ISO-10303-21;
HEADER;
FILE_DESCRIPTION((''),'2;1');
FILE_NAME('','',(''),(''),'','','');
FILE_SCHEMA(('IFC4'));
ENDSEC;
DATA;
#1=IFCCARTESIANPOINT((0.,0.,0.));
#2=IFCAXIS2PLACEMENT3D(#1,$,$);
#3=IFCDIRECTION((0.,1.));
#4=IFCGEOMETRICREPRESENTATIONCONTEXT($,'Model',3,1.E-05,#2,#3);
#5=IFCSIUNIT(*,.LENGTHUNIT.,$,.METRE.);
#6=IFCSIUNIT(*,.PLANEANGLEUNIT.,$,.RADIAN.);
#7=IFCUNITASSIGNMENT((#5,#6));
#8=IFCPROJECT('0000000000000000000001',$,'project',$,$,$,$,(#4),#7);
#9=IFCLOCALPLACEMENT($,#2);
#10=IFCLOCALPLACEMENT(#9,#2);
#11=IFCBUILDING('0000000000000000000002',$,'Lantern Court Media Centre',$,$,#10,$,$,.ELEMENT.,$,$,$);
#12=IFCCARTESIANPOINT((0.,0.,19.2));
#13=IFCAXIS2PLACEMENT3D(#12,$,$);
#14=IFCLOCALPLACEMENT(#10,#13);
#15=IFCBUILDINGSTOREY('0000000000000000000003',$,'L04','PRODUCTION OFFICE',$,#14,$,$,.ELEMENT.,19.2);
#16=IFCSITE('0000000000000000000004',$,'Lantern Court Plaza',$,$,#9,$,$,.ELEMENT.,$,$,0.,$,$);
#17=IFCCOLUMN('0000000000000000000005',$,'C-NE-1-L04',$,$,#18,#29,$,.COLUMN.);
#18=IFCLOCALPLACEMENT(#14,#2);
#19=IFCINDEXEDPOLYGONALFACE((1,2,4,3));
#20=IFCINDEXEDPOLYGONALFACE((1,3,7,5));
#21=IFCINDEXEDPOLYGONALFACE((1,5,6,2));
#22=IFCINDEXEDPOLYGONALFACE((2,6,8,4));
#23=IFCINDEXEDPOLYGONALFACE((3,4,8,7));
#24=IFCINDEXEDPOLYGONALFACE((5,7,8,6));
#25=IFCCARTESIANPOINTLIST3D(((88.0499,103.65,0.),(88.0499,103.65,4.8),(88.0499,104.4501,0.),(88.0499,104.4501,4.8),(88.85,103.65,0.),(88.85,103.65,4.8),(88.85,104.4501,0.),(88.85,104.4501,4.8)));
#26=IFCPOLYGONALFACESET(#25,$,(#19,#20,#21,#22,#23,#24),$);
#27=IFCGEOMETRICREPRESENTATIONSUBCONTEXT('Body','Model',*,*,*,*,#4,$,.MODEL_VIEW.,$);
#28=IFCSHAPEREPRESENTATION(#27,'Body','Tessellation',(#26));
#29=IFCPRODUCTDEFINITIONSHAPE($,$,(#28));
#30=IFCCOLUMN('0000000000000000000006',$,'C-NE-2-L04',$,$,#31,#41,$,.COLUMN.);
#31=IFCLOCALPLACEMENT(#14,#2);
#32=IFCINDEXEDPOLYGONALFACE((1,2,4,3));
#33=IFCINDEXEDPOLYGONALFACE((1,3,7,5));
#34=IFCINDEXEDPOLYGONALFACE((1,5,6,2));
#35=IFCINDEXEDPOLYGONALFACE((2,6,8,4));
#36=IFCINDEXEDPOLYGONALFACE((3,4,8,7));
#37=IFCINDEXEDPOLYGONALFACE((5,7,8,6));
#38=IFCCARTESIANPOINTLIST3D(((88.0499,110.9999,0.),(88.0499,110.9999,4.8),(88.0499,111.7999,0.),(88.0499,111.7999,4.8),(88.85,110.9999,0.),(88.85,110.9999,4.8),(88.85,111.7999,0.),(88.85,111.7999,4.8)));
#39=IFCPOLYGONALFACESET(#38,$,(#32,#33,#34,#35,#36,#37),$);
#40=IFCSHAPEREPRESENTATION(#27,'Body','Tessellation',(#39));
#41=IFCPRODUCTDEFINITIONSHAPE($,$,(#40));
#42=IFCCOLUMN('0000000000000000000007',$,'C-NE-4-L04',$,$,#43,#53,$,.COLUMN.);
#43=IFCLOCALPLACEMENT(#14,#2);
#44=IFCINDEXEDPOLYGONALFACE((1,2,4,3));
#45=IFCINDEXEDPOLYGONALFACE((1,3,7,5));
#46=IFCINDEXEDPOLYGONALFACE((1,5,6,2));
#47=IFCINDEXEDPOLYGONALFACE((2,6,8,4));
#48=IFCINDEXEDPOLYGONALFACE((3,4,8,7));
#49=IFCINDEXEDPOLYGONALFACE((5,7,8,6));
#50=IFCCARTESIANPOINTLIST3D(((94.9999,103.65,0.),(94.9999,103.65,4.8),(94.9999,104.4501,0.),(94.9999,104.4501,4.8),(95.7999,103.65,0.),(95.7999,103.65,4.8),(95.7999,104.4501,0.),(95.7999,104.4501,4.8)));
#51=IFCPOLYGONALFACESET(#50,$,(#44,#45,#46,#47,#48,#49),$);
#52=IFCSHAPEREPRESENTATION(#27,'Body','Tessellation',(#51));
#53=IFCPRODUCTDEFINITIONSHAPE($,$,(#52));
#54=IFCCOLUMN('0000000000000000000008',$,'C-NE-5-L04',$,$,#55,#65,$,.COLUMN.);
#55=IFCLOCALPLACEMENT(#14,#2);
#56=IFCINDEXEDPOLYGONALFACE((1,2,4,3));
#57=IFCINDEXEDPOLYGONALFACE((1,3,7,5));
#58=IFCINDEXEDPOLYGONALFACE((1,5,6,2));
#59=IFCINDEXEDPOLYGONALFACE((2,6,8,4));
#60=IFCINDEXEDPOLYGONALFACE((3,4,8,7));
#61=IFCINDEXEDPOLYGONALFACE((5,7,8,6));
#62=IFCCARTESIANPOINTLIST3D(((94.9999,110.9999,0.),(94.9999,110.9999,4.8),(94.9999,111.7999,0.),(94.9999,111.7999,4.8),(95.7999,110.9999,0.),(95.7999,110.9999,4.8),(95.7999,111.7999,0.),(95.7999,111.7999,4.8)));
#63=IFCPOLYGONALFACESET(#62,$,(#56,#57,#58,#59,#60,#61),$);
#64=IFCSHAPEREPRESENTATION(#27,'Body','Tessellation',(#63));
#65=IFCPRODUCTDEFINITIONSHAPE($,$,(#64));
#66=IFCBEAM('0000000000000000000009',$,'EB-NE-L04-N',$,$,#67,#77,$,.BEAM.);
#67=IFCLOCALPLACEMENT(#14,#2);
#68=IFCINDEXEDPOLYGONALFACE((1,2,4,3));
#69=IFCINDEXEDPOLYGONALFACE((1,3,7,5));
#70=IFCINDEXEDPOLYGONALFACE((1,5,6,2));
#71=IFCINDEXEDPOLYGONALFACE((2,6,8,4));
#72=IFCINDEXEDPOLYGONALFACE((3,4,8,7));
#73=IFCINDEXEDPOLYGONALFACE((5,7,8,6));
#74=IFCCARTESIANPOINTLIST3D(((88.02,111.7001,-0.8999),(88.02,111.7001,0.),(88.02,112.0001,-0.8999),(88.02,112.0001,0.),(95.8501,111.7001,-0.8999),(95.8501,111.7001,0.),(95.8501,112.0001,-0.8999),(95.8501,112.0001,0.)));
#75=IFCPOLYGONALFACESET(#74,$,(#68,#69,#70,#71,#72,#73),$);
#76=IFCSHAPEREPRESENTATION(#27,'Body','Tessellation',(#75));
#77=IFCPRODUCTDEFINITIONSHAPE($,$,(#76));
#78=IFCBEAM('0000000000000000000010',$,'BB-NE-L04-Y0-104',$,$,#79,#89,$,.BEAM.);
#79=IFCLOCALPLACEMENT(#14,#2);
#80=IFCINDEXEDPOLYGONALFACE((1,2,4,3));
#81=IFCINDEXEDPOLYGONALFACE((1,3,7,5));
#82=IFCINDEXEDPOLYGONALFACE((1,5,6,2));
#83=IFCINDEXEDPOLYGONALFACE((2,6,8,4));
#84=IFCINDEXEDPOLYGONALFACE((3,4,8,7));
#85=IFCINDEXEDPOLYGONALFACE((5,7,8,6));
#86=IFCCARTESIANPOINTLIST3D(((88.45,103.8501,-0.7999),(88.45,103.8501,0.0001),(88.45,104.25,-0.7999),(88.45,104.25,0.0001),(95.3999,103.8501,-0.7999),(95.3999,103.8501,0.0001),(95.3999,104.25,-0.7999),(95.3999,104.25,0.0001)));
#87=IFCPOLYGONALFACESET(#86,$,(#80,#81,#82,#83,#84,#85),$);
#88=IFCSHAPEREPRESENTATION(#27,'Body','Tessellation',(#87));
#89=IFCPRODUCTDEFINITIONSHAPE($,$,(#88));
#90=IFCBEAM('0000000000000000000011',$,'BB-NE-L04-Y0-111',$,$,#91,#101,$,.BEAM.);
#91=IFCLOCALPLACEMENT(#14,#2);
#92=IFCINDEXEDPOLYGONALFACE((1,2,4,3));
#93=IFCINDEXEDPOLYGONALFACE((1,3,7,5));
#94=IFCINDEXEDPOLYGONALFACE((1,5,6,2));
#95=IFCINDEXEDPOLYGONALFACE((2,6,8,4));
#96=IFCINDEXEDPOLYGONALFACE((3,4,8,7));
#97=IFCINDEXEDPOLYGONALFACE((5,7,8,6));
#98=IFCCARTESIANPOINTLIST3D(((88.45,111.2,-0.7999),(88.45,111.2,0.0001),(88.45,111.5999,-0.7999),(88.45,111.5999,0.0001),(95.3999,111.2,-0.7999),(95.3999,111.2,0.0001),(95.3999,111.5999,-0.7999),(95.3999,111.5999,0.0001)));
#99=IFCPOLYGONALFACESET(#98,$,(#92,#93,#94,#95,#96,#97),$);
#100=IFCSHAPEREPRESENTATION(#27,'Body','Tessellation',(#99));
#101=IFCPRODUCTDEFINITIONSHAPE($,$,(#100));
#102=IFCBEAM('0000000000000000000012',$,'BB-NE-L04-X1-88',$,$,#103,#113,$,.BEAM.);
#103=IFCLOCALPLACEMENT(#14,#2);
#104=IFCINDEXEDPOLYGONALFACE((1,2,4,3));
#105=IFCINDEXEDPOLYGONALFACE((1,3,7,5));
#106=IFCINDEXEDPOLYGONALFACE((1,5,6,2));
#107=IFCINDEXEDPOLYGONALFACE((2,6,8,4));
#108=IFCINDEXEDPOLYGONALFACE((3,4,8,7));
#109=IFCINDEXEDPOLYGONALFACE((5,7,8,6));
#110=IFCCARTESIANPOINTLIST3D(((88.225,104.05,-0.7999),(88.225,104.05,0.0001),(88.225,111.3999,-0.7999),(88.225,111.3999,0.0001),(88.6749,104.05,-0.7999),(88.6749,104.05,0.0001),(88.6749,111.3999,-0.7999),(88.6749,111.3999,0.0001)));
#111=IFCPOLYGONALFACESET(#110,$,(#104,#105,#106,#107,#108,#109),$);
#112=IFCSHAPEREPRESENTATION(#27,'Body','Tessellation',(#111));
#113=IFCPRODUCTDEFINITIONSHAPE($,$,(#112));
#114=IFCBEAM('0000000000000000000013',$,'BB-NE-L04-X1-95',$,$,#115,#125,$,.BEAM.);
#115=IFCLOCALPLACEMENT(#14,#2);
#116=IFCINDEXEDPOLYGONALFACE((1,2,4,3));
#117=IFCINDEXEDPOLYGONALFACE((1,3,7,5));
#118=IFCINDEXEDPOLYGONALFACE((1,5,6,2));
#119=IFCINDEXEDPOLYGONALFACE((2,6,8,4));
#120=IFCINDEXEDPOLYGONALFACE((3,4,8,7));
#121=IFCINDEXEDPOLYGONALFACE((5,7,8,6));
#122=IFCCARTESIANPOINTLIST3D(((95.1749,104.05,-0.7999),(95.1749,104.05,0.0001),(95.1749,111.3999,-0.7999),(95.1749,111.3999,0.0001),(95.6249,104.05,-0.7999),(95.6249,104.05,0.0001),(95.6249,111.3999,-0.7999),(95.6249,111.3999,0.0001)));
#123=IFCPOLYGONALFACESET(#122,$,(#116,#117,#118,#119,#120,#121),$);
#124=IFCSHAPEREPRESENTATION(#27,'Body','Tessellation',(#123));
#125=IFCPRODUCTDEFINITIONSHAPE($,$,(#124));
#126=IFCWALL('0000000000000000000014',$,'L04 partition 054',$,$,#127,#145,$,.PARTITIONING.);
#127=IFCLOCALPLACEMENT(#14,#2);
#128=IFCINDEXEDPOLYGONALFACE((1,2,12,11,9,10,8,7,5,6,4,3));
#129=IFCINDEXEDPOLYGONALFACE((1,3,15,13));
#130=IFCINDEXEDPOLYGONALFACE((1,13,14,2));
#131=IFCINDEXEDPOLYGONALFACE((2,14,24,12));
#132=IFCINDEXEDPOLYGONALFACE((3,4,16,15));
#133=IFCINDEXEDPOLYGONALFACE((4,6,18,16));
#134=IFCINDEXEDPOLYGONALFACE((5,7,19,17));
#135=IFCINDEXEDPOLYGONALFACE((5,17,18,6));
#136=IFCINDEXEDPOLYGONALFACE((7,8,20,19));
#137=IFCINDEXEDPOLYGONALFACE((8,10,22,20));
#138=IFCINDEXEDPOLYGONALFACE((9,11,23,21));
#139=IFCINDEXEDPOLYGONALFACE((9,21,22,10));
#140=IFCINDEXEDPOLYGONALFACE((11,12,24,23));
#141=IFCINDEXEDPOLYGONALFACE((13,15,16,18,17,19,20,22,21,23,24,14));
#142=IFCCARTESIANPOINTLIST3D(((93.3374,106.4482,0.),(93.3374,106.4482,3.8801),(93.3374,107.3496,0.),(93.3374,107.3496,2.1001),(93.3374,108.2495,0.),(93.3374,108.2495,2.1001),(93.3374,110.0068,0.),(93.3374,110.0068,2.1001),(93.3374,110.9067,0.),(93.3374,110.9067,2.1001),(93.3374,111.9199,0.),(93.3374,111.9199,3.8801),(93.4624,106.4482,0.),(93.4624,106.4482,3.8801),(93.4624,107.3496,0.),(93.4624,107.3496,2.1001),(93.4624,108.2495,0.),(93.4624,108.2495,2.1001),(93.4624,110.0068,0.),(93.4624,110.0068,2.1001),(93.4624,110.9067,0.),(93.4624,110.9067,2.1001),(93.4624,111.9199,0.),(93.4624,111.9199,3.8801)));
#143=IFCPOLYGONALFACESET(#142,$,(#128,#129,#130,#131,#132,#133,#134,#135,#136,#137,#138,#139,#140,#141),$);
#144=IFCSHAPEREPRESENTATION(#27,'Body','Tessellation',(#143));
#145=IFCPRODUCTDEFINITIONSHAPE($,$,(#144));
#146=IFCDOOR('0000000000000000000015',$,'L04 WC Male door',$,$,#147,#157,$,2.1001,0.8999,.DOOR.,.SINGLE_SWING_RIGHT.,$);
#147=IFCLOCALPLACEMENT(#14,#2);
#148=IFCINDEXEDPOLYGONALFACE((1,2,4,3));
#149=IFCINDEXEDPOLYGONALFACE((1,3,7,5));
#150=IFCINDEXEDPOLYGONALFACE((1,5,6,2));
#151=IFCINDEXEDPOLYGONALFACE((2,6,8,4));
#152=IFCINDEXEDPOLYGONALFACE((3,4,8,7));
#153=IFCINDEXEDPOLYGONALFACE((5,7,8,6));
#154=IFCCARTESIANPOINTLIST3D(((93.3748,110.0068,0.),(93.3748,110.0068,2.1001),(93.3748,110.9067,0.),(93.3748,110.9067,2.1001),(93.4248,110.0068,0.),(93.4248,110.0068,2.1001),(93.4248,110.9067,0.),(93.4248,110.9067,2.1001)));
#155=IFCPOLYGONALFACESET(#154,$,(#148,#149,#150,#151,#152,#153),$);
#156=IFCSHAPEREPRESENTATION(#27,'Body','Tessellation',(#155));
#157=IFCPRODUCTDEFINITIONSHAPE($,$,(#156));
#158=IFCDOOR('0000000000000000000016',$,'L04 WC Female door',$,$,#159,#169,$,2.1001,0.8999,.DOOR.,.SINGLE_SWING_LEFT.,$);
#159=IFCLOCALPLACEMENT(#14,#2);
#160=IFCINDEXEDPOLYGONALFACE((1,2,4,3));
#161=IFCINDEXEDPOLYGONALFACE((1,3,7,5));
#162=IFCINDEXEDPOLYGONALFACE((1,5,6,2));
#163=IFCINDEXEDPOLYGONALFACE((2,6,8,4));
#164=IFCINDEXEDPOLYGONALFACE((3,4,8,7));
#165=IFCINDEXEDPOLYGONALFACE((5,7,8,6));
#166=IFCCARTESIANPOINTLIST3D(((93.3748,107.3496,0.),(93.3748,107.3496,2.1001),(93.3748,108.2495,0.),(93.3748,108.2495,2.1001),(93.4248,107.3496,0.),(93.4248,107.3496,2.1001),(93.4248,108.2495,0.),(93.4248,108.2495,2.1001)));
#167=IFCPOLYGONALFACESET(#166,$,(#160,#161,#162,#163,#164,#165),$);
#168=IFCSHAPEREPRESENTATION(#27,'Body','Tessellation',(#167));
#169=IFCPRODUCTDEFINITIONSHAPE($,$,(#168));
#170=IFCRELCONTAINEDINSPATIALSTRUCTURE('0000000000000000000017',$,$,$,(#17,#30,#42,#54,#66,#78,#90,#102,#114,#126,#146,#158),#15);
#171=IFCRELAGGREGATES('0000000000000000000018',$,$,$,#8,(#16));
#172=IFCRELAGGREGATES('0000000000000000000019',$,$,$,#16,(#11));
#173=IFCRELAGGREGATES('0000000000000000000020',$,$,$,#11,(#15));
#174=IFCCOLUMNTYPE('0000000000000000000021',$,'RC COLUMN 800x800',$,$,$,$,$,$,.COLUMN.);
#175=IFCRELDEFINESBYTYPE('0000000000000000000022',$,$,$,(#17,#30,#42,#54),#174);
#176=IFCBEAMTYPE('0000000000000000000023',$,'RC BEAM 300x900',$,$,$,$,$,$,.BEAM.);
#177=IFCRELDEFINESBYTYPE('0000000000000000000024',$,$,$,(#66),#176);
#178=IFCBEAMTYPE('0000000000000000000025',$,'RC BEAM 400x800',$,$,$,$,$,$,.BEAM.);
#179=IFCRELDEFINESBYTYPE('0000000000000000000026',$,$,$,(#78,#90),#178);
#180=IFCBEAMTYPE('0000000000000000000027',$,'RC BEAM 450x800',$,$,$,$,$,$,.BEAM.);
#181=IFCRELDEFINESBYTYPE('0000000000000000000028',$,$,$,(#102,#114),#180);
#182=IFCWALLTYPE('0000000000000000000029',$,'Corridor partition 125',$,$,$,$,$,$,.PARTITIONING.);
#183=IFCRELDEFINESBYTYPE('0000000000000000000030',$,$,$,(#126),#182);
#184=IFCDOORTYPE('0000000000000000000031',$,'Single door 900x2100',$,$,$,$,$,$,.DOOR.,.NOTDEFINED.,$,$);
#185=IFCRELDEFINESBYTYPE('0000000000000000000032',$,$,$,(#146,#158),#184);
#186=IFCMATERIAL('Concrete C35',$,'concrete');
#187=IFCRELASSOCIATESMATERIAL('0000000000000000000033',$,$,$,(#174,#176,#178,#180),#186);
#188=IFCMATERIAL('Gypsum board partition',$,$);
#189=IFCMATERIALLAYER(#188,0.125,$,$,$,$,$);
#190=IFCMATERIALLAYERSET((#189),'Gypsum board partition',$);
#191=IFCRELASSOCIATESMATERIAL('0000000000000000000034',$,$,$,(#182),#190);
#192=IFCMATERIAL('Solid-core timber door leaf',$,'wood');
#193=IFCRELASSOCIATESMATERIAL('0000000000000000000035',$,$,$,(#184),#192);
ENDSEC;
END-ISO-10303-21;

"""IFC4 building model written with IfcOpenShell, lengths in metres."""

from ifc_helpers import new_model, si_unit, direction, frame, frame_2d, origin, origin_2d, place, context, subcontext, project, spatial, rectangle, extrude, material, layer, layer_set, material_profile, profile_set, type_object, element, fill, save


model = new_model("IFC4")

# Units and contexts
model_context = context("Model", 3, precision=1e-05, world=origin(), true_north=direction((0.0, 1.0)))
body_context = subcontext(model_context, "Body", "Model", "MODEL_VIEW")
ifc_project = project(units=[si_unit("LENGTHUNIT", "METRE"), si_unit("PLANEANGLEUNIT", "RADIAN")], contexts=[model_context])

# Site, building, storey
site_placement = place(None, origin())
site = spatial("IfcSite", under=ifc_project, at=site_placement, Name="Lantern Court Plaza", CompositionType="ELEMENT", RefElevation=0.0)
building_placement = place(site_placement, origin())
building = spatial("IfcBuilding", under=site, at=building_placement, Name="Lantern Court Media Centre", CompositionType="ELEMENT")
storey_placement = place(building_placement, frame((0.0, 0.0, 19.2)))
storey = spatial("IfcBuildingStorey", under=building, at=storey_placement, Name="L04", Description="PRODUCTION OFFICE", CompositionType="ELEMENT", Elevation=19.2)

# Columns
ifc_material_1 = material(Name="Concrete C35", Category="concrete")
ifc_material_profile_1 = material_profile(ifc_material_1, rectangle(XDim=0.8, YDim=0.8, at=origin_2d()), Name="RC 800x800")
ifc_profile_set_1 = profile_set([ifc_material_profile_1], Name="Concrete C35")
column_type = type_object("IfcColumnType", Name="RC COLUMN 800x800", PredefinedType="COLUMN", material=ifc_profile_set_1)
for number, where, z_axis, x_axis, name in (
    (1, (88.45, 104.05, 0.0), (0.0, 0.0, 1.0), (1.0, 0.0, 0.0), "C-NE-1-L04"),
    (2, (88.45, 111.3999, 0.0), (0.0, 0.0, 1.0), (1.0, 0.0, 0.0), "C-NE-2-L04"),
    (3, (95.3999, 104.05, 0.0), (0.0, 0.0, 1.0), (1.0, 0.0, 0.0), "C-NE-4-L04"),
    (4, (95.3999, 111.3999, 0.0), (0.0, 0.0, 1.0), (1.0, 0.0, 0.0), "C-NE-5-L04"),
):
    element("IfcColumn", number, at=place(storey_placement, frame(where, z_axis=z_axis, x_axis=x_axis)), inside=storey, type_object=column_type, Name=name, PredefinedType="COLUMN", context=body_context, shape_type="SweptSolid", body=[
        extrude(rectangle(XDim=0.8, YDim=0.8, at=origin_2d()), origin(), (0.0, 0.0, 1.0), 4.8),
    ])

# Beams
ifc_material_profile_2 = material_profile(ifc_material_1, rectangle(XDim=0.3, YDim=0.8999, at=origin_2d()), Name="RC 300x900")
ifc_profile_set_2 = profile_set([ifc_material_profile_2], Name="Concrete C35")
beam_type_1 = type_object("IfcBeamType", Name="RC BEAM 300x900", PredefinedType="BEAM", material=ifc_profile_set_2)
beam_placement = place(storey_placement, frame((88.02, 111.8501, -0.45), z_axis=(1.0, 0.0, 0.0), x_axis=(0.0, 1.0, 0.0)))
element("IfcBeam", 5, at=beam_placement, inside=storey, type_object=beam_type_1, Name="EB-NE-L04-N", PredefinedType="BEAM", context=body_context, shape_type="SweptSolid", body=[
    extrude(rectangle(XDim=0.3, YDim=0.8999, at=origin_2d()), origin(), (0.0, 0.0, 1.0), 7.8301),
])
ifc_material_profile_3 = material_profile(ifc_material_1, rectangle(XDim=0.3999, YDim=0.8, at=origin_2d()), Name="RC 400x800")
ifc_profile_set_3 = profile_set([ifc_material_profile_3], Name="Concrete C35")
beam_type_2 = type_object("IfcBeamType", Name="RC BEAM 400x800", PredefinedType="BEAM", material=ifc_profile_set_3)
for number, where, z_axis, x_axis, name in (
    (6, (88.45, 104.05, -0.3999), (1.0, 0.0, 0.0), (0.0, 1.0, 0.0), "BB-NE-L04-Y0-104"),
    (7, (88.45, 111.3999, -0.3999), (1.0, 0.0, 0.0), (0.0, 1.0, 0.0), "BB-NE-L04-Y0-111"),
):
    element("IfcBeam", number, at=place(storey_placement, frame(where, z_axis=z_axis, x_axis=x_axis)), inside=storey, type_object=beam_type_2, Name=name, PredefinedType="BEAM", context=body_context, shape_type="SweptSolid", body=[
        extrude(rectangle(XDim=0.3999, YDim=0.8, at=origin_2d()), origin(), (0.0, 0.0, 1.0), 6.95),
    ])
ifc_material_profile_4 = material_profile(ifc_material_1, rectangle(XDim=0.45, YDim=0.8, at=origin_2d()), Name="RC 450x800")
ifc_profile_set_4 = profile_set([ifc_material_profile_4], Name="Concrete C35")
beam_type_3 = type_object("IfcBeamType", Name="RC BEAM 450x800", PredefinedType="BEAM", material=ifc_profile_set_4)
for number, where, z_axis, x_axis, name in (
    (8, (88.45, 104.05, -0.3999), (0.0, 1.0, 0.0), (-1.0, 0.0, 0.0), "BB-NE-L04-X1-88"),
    (9, (95.3999, 104.05, -0.3999), (0.0, 1.0, 0.0), (-1.0, 0.0, 0.0), "BB-NE-L04-X1-95"),
):
    element("IfcBeam", number, at=place(storey_placement, frame(where, z_axis=z_axis, x_axis=x_axis)), inside=storey, type_object=beam_type_3, Name=name, PredefinedType="BEAM", context=body_context, shape_type="SweptSolid", body=[
        extrude(rectangle(XDim=0.45, YDim=0.8, at=origin_2d()), origin(), (0.0, 0.0, 1.0), 7.3499),
    ])

# Wall, openings, doors
ifc_material_2 = material(Name="Gypsum board partition")
ifc_layer_1 = layer(ifc_material_2, 0.125)
ifc_layer_set_1 = layer_set([ifc_layer_1], Name="Gypsum board partition")
wall_type_1 = type_object("IfcWallType", Name="Corridor partition 125", PredefinedType="PARTITIONING", material=ifc_layer_set_1)
wall_1_placement = place(storey_placement, frame((93.3999, 106.4482, 0.0), z_axis=(0.0, 0.0, 1.0), x_axis=(0.0, 1.0, 0.0)))
wall_1 = element("IfcWall", 10, at=wall_1_placement, inside=storey, type_object=wall_type_1, Name="L04 partition 054", PredefinedType="PARTITIONING", context=body_context, shape_type="SweptSolid", body=[
    extrude(rectangle(XDim=5.4717, YDim=0.125, at=frame_2d((2.7358, 0.0))), origin(), (0.0, 0.0, 1.0), 3.8801),
])
opening_1_placement = place(wall_1_placement, frame((3.5586, 0.0, 0.0)))
opening_1 = element("IfcOpeningElement", 11, at=opening_1_placement, cuts=wall_1, PredefinedType="OPENING", context=body_context, shape_type="SweptSolid", body=[
    extrude(rectangle(XDim=0.8999, YDim=2.1001, at=frame_2d((0.45, 1.05))), frame((0.0, 0.0725, 0.0), z_axis=(0.0, -1.0, 0.0), x_axis=(1.0, 0.0, 0.0)), (0.0, 0.0, 1.0), 0.145),
])
opening_2_placement = place(wall_1_placement, frame((0.9014, 0.0, 0.0)))
opening_2 = element("IfcOpeningElement", 12, at=opening_2_placement, cuts=wall_1, PredefinedType="OPENING", context=body_context, shape_type="SweptSolid", body=[
    extrude(rectangle(XDim=0.8999, YDim=2.1001, at=frame_2d((0.45, 1.05))), frame((0.0, 0.0725, 0.0), z_axis=(0.0, -1.0, 0.0), x_axis=(1.0, 0.0, 0.0)), (0.0, 0.0, 1.0), 0.145),
])
ifc_material_3 = material(Name="Solid-core timber door leaf", Category="wood")
door_type_1 = type_object("IfcDoorType", Name="Single door 900x2100", OperationType="NOTDEFINED", PredefinedType="DOOR", material=ifc_material_3)
door_1_placement = place(opening_1_placement, frame((0.8999, 0.0, 0.0), z_axis=(0.0, 0.0, 1.0), x_axis=(-1.0, 0.0, 0.0)))
door_1 = element("IfcDoor", 13, at=door_1_placement, inside=storey, type_object=door_type_1, Name="L04 WC Male door", OperationType="SINGLE_SWING_RIGHT", OverallHeight=2.1001, OverallWidth=0.8999, PredefinedType="DOOR", context=body_context, shape_type="SweptSolid", body=[
    extrude(rectangle(XDim=0.8999, YDim=2.1001, at=frame_2d((0.45, 1.05))), frame((0.0, 0.0249, 0.0), z_axis=(0.0, -1.0, 0.0), x_axis=(1.0, 0.0, 0.0)), (0.0, 0.0, 1.0), 0.05),
])
fill(opening_1, door_1)
door_2_placement = place(opening_2_placement, frame((0.8999, 0.0, 0.0), z_axis=(0.0, 0.0, 1.0), x_axis=(-1.0, 0.0, 0.0)))
door_2 = element("IfcDoor", 14, at=door_2_placement, inside=storey, type_object=door_type_1, Name="L04 WC Female door", OperationType="SINGLE_SWING_LEFT", OverallHeight=2.1001, OverallWidth=0.8999, PredefinedType="DOOR", context=body_context, shape_type="SweptSolid", body=[
    extrude(rectangle(XDim=0.8999, YDim=2.1001, at=frame_2d((0.45, 1.05))), frame((0.0, 0.0249, 0.0), z_axis=(0.0, -1.0, 0.0), x_axis=(1.0, 0.0, 0.0)), (0.0, 0.0, 1.0), 0.05),
])
fill(opening_2, door_2)

save(model, "model.ifc")
